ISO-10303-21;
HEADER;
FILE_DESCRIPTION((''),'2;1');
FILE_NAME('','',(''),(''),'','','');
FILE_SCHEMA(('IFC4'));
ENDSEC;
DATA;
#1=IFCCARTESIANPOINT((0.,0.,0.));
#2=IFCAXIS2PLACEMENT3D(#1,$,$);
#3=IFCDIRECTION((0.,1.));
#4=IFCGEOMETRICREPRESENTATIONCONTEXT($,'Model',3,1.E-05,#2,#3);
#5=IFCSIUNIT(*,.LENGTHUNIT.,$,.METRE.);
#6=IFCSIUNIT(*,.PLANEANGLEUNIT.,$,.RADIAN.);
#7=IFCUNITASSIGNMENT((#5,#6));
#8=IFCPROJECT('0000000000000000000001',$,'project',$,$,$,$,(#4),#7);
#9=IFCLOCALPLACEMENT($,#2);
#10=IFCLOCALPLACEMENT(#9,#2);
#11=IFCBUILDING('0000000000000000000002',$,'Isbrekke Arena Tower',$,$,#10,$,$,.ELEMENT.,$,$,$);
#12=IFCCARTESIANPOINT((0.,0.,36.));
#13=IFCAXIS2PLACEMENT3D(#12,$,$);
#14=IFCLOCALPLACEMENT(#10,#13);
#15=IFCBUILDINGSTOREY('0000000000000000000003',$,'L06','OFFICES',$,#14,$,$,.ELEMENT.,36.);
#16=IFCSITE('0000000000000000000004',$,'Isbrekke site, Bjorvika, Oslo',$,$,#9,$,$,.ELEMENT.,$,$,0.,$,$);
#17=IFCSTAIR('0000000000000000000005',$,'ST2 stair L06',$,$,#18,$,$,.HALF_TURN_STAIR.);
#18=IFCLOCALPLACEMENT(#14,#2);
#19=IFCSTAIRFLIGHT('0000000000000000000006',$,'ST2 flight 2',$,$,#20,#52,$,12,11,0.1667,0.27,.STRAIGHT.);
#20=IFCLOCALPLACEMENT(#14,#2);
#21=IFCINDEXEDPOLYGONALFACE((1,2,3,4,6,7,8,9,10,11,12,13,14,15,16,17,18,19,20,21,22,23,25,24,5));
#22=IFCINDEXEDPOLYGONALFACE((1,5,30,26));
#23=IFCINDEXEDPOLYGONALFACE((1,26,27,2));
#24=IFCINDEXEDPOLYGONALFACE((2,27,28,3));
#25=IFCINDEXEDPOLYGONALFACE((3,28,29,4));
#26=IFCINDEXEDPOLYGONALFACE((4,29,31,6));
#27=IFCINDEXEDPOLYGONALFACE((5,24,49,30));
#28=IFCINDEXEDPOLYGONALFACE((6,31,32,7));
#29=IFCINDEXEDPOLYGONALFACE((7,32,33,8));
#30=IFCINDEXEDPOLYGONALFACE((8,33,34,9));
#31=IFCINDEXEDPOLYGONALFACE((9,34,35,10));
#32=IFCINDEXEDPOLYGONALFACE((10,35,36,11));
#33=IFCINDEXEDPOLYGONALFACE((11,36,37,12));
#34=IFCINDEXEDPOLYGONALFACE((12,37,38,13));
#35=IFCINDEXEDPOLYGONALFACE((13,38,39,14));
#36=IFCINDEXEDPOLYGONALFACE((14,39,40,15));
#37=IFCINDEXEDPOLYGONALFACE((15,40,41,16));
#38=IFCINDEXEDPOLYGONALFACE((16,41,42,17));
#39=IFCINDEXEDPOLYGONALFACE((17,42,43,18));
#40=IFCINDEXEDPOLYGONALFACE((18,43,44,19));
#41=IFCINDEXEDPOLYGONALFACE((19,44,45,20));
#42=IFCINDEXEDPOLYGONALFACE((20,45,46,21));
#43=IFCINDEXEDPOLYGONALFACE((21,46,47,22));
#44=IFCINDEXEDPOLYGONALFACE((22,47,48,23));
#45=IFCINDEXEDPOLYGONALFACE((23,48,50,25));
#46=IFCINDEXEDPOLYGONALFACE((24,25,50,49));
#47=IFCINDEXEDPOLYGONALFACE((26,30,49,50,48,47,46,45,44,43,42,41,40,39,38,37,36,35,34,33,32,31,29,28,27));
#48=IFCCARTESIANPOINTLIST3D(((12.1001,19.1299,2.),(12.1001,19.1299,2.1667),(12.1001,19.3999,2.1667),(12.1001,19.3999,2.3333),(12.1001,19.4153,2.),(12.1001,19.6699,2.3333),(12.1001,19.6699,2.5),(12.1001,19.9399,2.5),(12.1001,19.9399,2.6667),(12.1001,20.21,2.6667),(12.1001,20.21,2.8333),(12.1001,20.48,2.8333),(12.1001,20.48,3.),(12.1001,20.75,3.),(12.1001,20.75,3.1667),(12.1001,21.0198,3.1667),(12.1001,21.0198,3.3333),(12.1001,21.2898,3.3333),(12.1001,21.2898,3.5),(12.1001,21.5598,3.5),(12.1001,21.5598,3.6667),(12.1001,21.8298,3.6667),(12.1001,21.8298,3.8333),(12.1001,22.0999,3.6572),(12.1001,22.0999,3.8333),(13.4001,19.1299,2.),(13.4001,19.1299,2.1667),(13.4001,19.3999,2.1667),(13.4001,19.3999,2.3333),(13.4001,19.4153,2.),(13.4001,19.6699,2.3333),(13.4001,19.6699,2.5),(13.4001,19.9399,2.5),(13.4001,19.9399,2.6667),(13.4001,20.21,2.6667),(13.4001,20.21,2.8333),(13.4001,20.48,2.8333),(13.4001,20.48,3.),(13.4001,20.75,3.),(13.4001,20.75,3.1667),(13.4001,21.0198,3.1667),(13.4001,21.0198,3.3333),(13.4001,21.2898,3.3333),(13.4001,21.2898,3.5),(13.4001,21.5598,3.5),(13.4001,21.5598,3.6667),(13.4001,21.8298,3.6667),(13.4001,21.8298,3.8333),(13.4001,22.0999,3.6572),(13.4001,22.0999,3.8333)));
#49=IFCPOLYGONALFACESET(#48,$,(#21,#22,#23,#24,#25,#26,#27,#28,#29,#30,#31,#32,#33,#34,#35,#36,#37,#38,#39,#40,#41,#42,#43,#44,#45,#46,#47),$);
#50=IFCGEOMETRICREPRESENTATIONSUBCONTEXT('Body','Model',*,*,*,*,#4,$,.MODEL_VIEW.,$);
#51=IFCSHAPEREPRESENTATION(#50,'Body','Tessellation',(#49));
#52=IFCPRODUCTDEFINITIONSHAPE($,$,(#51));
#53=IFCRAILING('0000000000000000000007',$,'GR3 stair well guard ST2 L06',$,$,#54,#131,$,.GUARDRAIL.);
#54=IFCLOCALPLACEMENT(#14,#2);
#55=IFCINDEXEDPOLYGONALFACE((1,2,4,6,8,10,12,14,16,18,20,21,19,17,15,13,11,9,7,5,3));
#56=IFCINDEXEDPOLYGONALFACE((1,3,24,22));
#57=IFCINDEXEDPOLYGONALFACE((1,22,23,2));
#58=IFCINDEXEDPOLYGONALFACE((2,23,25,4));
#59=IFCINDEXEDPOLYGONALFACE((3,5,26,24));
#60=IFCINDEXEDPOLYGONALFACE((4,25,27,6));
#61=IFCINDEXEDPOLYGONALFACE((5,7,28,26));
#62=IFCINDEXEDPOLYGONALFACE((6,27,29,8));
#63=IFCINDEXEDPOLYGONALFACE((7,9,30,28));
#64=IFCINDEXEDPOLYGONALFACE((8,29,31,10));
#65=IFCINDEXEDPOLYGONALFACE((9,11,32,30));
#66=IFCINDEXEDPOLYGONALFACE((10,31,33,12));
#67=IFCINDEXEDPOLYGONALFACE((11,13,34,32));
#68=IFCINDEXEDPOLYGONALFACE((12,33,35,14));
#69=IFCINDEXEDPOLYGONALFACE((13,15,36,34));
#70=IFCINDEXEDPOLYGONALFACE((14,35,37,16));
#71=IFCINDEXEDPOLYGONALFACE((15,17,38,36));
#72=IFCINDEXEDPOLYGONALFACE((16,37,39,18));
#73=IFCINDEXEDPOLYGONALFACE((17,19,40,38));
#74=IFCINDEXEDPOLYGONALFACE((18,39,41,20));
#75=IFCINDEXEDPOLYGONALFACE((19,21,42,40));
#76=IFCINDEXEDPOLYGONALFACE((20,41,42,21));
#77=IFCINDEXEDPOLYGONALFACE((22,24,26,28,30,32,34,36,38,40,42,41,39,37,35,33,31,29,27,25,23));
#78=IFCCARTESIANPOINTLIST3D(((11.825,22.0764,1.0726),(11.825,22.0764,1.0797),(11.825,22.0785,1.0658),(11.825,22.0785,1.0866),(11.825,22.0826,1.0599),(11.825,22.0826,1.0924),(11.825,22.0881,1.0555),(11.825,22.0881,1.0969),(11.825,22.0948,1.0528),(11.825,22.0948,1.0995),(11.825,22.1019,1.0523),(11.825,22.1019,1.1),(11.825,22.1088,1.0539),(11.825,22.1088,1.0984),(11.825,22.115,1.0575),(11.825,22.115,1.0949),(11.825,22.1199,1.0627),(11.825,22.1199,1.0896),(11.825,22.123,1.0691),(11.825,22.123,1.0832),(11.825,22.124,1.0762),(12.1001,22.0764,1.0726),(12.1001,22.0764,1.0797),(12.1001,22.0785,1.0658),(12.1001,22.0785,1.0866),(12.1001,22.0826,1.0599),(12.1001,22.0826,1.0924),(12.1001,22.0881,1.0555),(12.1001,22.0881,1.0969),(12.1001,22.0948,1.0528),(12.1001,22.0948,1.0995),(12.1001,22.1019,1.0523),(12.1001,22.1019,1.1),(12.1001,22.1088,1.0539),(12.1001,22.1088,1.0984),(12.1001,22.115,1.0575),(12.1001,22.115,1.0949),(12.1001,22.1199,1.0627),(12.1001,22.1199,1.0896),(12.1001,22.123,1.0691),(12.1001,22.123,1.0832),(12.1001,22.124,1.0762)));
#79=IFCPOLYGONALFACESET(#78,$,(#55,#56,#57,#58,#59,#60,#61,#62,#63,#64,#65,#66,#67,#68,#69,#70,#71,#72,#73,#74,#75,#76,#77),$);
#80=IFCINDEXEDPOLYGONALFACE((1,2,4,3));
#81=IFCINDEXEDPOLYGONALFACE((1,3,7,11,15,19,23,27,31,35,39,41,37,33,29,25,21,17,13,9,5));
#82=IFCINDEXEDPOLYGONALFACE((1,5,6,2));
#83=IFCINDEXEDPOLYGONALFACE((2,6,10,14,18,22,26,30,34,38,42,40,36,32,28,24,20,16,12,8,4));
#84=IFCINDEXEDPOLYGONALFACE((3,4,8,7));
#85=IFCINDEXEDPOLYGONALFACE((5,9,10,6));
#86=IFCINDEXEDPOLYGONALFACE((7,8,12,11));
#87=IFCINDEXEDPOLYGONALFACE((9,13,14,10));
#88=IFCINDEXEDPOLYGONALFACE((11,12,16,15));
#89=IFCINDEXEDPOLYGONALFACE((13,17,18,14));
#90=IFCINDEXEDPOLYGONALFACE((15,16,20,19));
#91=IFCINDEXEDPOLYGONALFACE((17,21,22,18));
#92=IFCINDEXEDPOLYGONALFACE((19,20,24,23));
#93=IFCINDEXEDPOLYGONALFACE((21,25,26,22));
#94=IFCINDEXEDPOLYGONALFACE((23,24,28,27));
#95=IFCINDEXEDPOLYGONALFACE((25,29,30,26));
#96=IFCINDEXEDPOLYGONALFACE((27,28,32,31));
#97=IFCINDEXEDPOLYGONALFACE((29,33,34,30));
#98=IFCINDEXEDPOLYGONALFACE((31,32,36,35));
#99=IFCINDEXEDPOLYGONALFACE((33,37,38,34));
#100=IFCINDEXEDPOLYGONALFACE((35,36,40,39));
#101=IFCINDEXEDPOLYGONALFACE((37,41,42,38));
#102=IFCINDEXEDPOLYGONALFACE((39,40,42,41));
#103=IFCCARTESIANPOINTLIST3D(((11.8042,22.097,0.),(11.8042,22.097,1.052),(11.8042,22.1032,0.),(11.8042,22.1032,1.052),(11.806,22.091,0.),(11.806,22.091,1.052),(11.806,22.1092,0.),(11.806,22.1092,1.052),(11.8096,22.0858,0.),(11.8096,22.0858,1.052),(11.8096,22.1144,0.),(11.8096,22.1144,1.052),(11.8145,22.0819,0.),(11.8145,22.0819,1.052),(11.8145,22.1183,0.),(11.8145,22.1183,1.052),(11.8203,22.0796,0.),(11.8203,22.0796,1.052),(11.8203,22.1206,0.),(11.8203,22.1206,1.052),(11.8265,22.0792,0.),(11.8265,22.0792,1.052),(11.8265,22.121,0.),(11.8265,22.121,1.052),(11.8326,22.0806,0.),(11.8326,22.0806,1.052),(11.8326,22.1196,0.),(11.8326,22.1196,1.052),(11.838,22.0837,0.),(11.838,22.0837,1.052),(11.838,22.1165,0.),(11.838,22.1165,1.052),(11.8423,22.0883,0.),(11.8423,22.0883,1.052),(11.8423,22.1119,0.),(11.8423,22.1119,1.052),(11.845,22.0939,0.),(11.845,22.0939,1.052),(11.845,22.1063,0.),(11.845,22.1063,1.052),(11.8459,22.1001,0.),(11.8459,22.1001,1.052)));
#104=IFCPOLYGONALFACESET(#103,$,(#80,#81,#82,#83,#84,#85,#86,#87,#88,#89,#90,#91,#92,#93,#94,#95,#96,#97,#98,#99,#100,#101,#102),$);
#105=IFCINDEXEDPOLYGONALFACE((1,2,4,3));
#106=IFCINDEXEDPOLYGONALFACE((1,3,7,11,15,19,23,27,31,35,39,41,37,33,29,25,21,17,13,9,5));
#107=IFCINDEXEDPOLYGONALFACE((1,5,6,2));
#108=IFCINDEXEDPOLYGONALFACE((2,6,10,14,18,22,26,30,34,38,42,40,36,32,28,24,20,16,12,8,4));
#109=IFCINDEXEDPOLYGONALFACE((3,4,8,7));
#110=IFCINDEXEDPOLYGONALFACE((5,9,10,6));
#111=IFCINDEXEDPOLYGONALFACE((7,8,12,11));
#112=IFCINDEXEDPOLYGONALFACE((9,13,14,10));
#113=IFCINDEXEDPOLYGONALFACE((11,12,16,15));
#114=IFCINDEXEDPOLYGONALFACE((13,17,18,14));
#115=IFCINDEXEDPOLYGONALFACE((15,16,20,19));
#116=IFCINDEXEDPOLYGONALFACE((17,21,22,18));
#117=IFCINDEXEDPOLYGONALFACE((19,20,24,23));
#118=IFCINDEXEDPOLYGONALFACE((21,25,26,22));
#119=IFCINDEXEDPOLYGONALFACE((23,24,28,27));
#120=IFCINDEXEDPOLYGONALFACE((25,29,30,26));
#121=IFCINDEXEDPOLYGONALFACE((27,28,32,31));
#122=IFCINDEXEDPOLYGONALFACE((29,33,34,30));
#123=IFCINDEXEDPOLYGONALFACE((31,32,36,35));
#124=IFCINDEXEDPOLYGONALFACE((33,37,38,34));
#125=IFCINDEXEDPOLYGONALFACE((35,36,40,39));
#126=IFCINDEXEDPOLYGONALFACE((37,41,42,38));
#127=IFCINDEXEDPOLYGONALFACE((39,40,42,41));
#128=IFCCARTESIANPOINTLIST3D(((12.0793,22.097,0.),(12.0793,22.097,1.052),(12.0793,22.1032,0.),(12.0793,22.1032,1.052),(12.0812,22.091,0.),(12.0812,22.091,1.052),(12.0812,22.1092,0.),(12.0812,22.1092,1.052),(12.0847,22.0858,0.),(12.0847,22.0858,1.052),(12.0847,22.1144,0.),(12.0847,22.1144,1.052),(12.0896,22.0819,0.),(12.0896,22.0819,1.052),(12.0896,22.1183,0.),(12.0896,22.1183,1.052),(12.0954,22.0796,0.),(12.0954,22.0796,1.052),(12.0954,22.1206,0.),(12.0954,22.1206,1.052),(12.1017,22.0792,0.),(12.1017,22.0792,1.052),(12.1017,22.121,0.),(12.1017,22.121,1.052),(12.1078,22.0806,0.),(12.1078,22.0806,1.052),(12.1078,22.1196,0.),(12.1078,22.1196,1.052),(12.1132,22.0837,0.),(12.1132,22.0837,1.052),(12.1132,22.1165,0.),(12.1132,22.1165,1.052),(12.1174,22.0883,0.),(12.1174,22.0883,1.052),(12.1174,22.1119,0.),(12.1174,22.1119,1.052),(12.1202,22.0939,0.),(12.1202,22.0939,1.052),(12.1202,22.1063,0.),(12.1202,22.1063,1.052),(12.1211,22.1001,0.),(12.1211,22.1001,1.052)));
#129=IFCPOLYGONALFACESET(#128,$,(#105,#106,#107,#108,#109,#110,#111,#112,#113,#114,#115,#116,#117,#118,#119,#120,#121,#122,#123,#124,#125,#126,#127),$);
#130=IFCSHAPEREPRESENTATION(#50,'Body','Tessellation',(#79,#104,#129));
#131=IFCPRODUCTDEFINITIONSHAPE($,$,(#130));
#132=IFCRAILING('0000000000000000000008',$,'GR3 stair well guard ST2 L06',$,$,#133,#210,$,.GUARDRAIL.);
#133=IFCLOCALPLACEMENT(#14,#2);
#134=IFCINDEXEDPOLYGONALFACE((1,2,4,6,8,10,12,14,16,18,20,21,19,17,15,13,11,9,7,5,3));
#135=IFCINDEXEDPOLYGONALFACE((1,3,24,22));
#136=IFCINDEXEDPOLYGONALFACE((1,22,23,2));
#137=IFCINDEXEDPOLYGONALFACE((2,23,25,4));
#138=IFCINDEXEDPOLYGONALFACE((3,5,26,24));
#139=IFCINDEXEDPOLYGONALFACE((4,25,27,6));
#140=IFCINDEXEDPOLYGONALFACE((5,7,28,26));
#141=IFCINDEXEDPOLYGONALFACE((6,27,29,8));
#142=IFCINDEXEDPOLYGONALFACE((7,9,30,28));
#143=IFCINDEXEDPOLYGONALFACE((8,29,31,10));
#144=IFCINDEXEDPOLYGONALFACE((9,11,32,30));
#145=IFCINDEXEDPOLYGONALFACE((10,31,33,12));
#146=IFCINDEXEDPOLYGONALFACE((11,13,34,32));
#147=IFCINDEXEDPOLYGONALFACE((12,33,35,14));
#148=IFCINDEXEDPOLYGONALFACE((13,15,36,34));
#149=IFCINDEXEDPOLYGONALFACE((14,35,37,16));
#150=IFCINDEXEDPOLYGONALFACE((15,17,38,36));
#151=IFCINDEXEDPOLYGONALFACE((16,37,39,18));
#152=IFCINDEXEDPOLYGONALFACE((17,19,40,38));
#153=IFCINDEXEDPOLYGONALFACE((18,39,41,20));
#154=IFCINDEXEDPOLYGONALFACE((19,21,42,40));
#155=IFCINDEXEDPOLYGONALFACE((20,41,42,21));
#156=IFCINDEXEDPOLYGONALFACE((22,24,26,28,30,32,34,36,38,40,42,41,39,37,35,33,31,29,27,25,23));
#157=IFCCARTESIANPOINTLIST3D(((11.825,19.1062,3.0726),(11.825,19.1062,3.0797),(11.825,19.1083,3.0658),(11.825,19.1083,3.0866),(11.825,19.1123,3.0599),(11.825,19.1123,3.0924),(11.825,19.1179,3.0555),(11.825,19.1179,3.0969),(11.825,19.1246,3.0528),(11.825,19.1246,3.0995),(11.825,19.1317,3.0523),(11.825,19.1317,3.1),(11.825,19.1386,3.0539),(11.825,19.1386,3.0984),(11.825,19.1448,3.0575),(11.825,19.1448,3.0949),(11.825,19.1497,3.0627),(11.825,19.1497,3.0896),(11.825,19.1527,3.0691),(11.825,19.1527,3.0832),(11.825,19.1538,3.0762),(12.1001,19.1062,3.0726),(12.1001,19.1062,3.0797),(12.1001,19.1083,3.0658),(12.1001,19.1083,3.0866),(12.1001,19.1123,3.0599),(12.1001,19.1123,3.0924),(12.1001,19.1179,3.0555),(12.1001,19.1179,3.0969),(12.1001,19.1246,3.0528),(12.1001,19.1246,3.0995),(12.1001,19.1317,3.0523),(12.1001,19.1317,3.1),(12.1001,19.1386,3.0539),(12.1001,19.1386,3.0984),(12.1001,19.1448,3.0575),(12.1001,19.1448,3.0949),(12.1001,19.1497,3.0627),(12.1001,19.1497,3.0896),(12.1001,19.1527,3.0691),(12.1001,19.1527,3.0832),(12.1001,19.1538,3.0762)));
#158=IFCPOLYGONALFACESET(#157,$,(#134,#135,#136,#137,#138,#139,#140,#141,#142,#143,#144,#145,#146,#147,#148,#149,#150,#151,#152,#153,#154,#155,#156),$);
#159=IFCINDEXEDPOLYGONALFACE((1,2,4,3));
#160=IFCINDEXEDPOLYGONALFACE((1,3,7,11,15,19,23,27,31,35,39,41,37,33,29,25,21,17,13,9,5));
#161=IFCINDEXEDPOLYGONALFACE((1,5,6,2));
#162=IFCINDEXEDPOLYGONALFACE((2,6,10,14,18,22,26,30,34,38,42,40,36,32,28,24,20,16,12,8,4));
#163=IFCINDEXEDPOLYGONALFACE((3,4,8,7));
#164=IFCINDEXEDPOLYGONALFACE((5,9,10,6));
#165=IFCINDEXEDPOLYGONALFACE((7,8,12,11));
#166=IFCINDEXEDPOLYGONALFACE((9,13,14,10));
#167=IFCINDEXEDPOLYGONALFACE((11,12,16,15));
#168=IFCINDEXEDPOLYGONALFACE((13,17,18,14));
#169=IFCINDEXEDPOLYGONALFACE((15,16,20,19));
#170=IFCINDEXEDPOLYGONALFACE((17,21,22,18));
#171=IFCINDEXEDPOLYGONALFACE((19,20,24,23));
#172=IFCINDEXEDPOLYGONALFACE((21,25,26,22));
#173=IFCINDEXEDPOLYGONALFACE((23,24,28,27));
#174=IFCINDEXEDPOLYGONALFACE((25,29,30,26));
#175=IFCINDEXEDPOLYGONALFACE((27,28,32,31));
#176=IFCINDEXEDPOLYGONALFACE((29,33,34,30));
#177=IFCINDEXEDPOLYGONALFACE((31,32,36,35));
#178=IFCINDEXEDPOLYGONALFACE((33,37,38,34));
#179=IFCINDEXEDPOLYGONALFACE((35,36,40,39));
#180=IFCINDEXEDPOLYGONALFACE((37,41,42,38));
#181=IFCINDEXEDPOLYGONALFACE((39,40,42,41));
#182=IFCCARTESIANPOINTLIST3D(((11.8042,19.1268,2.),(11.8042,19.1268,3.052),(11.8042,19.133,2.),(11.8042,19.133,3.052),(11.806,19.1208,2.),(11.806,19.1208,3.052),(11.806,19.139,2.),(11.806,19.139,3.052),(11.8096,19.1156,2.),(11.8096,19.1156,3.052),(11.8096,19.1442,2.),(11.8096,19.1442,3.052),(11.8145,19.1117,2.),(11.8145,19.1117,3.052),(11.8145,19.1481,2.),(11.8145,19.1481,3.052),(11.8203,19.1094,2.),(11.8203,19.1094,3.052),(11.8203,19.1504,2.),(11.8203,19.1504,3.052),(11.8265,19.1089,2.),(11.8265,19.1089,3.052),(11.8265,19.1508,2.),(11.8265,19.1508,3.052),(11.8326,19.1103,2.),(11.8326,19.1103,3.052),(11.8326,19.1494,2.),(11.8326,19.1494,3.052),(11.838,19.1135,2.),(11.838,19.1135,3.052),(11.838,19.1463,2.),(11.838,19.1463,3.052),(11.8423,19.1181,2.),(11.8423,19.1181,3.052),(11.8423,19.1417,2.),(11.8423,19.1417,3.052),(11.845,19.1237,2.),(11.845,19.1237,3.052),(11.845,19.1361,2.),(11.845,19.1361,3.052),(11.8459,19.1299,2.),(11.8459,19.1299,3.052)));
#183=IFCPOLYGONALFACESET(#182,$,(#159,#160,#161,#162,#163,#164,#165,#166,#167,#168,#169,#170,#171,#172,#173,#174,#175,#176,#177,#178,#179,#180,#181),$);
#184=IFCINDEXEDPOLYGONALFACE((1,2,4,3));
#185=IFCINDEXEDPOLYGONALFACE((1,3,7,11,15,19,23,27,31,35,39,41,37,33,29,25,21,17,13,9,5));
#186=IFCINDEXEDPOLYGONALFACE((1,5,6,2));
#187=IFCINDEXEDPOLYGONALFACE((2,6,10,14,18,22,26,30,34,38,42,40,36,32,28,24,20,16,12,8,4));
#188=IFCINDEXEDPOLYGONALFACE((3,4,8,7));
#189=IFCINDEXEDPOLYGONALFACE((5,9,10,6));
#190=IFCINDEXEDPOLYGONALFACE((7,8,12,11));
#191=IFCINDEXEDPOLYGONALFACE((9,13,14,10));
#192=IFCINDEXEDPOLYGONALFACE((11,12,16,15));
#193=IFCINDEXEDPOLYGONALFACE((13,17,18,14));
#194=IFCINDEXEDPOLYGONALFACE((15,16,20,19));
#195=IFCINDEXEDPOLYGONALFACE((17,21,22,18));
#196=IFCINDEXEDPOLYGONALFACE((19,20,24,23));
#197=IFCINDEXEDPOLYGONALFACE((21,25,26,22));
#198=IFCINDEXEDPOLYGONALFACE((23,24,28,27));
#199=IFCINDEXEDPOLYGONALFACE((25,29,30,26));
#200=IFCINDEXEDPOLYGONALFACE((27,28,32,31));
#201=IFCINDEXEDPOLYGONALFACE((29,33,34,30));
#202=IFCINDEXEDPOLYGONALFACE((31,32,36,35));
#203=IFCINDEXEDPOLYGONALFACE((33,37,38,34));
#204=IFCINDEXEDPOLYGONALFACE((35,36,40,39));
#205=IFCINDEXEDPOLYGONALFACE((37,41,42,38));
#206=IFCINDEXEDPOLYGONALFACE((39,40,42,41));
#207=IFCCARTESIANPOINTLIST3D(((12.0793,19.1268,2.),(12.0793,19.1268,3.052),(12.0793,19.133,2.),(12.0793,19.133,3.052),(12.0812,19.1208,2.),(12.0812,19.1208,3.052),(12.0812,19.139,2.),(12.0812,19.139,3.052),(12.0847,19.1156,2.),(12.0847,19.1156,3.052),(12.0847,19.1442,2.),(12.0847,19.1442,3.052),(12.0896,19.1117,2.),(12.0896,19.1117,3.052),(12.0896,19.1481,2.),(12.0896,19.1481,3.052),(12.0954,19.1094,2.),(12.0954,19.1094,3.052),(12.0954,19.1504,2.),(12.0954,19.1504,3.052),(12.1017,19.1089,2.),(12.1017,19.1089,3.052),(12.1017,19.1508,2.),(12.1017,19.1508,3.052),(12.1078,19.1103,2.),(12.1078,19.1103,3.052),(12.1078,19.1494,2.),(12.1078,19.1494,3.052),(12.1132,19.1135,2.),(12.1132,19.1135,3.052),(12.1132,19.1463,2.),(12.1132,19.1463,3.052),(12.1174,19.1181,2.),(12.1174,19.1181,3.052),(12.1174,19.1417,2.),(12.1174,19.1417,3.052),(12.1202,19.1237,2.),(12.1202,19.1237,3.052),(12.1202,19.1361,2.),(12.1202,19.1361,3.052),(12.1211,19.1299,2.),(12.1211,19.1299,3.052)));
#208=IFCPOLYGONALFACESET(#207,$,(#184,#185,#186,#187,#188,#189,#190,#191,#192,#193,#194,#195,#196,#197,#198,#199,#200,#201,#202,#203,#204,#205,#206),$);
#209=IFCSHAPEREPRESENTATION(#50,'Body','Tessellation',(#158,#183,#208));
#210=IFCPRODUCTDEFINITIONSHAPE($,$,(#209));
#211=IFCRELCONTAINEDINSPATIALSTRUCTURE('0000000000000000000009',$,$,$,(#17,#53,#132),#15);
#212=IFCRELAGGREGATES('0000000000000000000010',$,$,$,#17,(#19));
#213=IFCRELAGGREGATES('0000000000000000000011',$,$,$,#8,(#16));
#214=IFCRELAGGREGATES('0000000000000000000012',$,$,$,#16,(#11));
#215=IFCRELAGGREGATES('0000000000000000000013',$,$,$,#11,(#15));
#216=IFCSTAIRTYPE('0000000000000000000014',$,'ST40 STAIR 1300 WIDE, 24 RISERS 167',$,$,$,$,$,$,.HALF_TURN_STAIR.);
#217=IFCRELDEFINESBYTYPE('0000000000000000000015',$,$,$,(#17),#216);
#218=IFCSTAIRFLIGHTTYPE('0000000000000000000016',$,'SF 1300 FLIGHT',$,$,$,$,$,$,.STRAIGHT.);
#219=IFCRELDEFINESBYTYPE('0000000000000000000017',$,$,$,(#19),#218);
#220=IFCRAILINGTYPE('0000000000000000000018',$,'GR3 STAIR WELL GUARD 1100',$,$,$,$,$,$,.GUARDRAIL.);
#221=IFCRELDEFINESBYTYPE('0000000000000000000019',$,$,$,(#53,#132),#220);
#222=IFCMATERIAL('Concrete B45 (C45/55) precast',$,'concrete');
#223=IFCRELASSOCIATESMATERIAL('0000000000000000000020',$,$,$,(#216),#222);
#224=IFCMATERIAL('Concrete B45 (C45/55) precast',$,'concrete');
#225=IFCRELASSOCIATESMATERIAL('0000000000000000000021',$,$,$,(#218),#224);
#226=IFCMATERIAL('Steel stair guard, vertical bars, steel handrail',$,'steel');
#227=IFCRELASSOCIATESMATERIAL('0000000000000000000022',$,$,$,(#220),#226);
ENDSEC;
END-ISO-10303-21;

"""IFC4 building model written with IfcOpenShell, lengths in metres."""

from ifc_helpers import new_model, si_unit, direction, frame, origin, origin_2d, place, context, subcontext, project, spatial, polyline, circle, outline, extrude, material, type_object, element, aggregate, save


model = new_model("IFC4")

# Units and contexts
model_context = context("Model", 3, precision=1e-05, world=origin(), true_north=direction((0.0, 1.0)))
body_context = subcontext(model_context, "Body", "Model", "MODEL_VIEW")
ifc_project = project(units=[si_unit("LENGTHUNIT", "METRE"), si_unit("PLANEANGLEUNIT", "RADIAN")], contexts=[model_context])

# Site, building, storey
site_placement = place(None, origin())
site = spatial("IfcSite", under=ifc_project, at=site_placement, Name="Isbrekke site, Bjorvika, Oslo", CompositionType="ELEMENT", RefElevation=0.0)
building_placement = place(site_placement, origin())
building = spatial("IfcBuilding", under=site, at=building_placement, Name="Isbrekke Arena Tower", CompositionType="ELEMENT")
storey_placement = place(building_placement, frame((0.0, 0.0, 36.0)))
storey = spatial("IfcBuildingStorey", under=building, at=storey_placement, Name="L06", Description="OFFICES", CompositionType="ELEMENT", Elevation=36.0)

# Stair, stair flight
ifc_material_1 = material(Name="Concrete B45 (C45/55) precast", Category="concrete")
stair_type = type_object("IfcStairType", Name="ST40 STAIR 1300 WIDE, 24 RISERS 167", PredefinedType="HALF_TURN_STAIR", material=ifc_material_1)
stair_placement = place(storey_placement, origin())
stair = element("IfcStair", 1, at=stair_placement, inside=storey, type_object=stair_type, Name="ST2 stair L06", PredefinedType="HALF_TURN_STAIR")
ifc_material_2 = material(Name="Concrete B45 (C45/55) precast", Category="concrete")
stair_flight_type = type_object("IfcStairFlightType", Name="SF 1300 FLIGHT", PredefinedType="STRAIGHT", material=ifc_material_2)
stair_flight_1_placement = place(storey_placement, frame((12.75, 19.1299, 2.0), z_axis=(0.0, 0.0, 1.0), x_axis=(0.0, 1.0, 0.0)))
stair_flight_1 = element("IfcStairFlight", 2, at=stair_flight_1_placement, type_object=stair_flight_type, Name="ST2 flight 2", NumberOfRisers=12, NumberOfTreads=11, PredefinedType="STRAIGHT", RiserHeight=0.1667, TreadLength=0.27, context=body_context, shape_type="SweptSolid", body=[
    extrude(outline(polyline([(0.0, 0.0), (0.0, 0.1667), (0.27, 0.1667), (0.27, 0.3333), (0.54, 0.3333), (0.54, 0.5), (0.8101, 0.5), (0.8101, 0.6667), (1.0801, 0.6667), (1.0801, 0.8333), (1.3501, 0.8333), (1.3501, 1.0), (1.6201, 1.0), (1.6201, 1.1667), (1.8899, 1.1667), (1.8899, 1.3333), (2.1599, 1.3333), (2.1599, 1.5), (2.4299, 1.5), (2.4299, 1.6667), (2.7, 1.6667), (2.7, 1.8333), (2.97, 1.8333), (2.97, 2.0), (2.97, 1.6572), (0.2854, 0.0), (0.0, 0.0)])), frame((0.0, 0.6499, 0.0), z_axis=(0.0, -1.0, 0.0), x_axis=(1.0, 0.0, 0.0)), (0.0, 0.0, 1.0), 1.3),
])
aggregate(stair, [stair_flight_1])

# Railings
ifc_material_3 = material(Name="Steel stair guard, vertical bars, steel handrail", Category="steel")
railing_type = type_object("IfcRailingType", Name="GR3 STAIR WELL GUARD 1100", PredefinedType="GUARDRAIL", material=ifc_material_3)
for number, where, name in (
    (3, (11.825, 22.1001, 0.0), "GR3 stair well guard ST2 L06"),
    (4, (11.825, 19.1299, 2.0), "GR3 stair well guard ST2 L06"),
):
    element("IfcRailing", number, at=place(storey_placement, frame(where)), inside=storey, type_object=railing_type, Name=name, PredefinedType="GUARDRAIL", context=body_context, shape_type="SweptSolid", body=[
        extrude(circle(Radius=0.0239, at=origin_2d()), frame((0.0, 0.0, 1.0762), z_axis=(1.0, 0.0, 0.0), x_axis=(0.0, 1.0, 0.0)), (0.0, 0.0, 1.0), 0.2751),
        extrude(circle(Radius=0.021, at=origin_2d()), origin(), (0.0, 0.0, 1.0), 1.052),
        extrude(circle(Radius=0.021, at=origin_2d()), frame((0.2751, 0.0, 0.0)), (0.0, 0.0, 1.0), 1.052),
    ])

save(model, "model.ifc")
